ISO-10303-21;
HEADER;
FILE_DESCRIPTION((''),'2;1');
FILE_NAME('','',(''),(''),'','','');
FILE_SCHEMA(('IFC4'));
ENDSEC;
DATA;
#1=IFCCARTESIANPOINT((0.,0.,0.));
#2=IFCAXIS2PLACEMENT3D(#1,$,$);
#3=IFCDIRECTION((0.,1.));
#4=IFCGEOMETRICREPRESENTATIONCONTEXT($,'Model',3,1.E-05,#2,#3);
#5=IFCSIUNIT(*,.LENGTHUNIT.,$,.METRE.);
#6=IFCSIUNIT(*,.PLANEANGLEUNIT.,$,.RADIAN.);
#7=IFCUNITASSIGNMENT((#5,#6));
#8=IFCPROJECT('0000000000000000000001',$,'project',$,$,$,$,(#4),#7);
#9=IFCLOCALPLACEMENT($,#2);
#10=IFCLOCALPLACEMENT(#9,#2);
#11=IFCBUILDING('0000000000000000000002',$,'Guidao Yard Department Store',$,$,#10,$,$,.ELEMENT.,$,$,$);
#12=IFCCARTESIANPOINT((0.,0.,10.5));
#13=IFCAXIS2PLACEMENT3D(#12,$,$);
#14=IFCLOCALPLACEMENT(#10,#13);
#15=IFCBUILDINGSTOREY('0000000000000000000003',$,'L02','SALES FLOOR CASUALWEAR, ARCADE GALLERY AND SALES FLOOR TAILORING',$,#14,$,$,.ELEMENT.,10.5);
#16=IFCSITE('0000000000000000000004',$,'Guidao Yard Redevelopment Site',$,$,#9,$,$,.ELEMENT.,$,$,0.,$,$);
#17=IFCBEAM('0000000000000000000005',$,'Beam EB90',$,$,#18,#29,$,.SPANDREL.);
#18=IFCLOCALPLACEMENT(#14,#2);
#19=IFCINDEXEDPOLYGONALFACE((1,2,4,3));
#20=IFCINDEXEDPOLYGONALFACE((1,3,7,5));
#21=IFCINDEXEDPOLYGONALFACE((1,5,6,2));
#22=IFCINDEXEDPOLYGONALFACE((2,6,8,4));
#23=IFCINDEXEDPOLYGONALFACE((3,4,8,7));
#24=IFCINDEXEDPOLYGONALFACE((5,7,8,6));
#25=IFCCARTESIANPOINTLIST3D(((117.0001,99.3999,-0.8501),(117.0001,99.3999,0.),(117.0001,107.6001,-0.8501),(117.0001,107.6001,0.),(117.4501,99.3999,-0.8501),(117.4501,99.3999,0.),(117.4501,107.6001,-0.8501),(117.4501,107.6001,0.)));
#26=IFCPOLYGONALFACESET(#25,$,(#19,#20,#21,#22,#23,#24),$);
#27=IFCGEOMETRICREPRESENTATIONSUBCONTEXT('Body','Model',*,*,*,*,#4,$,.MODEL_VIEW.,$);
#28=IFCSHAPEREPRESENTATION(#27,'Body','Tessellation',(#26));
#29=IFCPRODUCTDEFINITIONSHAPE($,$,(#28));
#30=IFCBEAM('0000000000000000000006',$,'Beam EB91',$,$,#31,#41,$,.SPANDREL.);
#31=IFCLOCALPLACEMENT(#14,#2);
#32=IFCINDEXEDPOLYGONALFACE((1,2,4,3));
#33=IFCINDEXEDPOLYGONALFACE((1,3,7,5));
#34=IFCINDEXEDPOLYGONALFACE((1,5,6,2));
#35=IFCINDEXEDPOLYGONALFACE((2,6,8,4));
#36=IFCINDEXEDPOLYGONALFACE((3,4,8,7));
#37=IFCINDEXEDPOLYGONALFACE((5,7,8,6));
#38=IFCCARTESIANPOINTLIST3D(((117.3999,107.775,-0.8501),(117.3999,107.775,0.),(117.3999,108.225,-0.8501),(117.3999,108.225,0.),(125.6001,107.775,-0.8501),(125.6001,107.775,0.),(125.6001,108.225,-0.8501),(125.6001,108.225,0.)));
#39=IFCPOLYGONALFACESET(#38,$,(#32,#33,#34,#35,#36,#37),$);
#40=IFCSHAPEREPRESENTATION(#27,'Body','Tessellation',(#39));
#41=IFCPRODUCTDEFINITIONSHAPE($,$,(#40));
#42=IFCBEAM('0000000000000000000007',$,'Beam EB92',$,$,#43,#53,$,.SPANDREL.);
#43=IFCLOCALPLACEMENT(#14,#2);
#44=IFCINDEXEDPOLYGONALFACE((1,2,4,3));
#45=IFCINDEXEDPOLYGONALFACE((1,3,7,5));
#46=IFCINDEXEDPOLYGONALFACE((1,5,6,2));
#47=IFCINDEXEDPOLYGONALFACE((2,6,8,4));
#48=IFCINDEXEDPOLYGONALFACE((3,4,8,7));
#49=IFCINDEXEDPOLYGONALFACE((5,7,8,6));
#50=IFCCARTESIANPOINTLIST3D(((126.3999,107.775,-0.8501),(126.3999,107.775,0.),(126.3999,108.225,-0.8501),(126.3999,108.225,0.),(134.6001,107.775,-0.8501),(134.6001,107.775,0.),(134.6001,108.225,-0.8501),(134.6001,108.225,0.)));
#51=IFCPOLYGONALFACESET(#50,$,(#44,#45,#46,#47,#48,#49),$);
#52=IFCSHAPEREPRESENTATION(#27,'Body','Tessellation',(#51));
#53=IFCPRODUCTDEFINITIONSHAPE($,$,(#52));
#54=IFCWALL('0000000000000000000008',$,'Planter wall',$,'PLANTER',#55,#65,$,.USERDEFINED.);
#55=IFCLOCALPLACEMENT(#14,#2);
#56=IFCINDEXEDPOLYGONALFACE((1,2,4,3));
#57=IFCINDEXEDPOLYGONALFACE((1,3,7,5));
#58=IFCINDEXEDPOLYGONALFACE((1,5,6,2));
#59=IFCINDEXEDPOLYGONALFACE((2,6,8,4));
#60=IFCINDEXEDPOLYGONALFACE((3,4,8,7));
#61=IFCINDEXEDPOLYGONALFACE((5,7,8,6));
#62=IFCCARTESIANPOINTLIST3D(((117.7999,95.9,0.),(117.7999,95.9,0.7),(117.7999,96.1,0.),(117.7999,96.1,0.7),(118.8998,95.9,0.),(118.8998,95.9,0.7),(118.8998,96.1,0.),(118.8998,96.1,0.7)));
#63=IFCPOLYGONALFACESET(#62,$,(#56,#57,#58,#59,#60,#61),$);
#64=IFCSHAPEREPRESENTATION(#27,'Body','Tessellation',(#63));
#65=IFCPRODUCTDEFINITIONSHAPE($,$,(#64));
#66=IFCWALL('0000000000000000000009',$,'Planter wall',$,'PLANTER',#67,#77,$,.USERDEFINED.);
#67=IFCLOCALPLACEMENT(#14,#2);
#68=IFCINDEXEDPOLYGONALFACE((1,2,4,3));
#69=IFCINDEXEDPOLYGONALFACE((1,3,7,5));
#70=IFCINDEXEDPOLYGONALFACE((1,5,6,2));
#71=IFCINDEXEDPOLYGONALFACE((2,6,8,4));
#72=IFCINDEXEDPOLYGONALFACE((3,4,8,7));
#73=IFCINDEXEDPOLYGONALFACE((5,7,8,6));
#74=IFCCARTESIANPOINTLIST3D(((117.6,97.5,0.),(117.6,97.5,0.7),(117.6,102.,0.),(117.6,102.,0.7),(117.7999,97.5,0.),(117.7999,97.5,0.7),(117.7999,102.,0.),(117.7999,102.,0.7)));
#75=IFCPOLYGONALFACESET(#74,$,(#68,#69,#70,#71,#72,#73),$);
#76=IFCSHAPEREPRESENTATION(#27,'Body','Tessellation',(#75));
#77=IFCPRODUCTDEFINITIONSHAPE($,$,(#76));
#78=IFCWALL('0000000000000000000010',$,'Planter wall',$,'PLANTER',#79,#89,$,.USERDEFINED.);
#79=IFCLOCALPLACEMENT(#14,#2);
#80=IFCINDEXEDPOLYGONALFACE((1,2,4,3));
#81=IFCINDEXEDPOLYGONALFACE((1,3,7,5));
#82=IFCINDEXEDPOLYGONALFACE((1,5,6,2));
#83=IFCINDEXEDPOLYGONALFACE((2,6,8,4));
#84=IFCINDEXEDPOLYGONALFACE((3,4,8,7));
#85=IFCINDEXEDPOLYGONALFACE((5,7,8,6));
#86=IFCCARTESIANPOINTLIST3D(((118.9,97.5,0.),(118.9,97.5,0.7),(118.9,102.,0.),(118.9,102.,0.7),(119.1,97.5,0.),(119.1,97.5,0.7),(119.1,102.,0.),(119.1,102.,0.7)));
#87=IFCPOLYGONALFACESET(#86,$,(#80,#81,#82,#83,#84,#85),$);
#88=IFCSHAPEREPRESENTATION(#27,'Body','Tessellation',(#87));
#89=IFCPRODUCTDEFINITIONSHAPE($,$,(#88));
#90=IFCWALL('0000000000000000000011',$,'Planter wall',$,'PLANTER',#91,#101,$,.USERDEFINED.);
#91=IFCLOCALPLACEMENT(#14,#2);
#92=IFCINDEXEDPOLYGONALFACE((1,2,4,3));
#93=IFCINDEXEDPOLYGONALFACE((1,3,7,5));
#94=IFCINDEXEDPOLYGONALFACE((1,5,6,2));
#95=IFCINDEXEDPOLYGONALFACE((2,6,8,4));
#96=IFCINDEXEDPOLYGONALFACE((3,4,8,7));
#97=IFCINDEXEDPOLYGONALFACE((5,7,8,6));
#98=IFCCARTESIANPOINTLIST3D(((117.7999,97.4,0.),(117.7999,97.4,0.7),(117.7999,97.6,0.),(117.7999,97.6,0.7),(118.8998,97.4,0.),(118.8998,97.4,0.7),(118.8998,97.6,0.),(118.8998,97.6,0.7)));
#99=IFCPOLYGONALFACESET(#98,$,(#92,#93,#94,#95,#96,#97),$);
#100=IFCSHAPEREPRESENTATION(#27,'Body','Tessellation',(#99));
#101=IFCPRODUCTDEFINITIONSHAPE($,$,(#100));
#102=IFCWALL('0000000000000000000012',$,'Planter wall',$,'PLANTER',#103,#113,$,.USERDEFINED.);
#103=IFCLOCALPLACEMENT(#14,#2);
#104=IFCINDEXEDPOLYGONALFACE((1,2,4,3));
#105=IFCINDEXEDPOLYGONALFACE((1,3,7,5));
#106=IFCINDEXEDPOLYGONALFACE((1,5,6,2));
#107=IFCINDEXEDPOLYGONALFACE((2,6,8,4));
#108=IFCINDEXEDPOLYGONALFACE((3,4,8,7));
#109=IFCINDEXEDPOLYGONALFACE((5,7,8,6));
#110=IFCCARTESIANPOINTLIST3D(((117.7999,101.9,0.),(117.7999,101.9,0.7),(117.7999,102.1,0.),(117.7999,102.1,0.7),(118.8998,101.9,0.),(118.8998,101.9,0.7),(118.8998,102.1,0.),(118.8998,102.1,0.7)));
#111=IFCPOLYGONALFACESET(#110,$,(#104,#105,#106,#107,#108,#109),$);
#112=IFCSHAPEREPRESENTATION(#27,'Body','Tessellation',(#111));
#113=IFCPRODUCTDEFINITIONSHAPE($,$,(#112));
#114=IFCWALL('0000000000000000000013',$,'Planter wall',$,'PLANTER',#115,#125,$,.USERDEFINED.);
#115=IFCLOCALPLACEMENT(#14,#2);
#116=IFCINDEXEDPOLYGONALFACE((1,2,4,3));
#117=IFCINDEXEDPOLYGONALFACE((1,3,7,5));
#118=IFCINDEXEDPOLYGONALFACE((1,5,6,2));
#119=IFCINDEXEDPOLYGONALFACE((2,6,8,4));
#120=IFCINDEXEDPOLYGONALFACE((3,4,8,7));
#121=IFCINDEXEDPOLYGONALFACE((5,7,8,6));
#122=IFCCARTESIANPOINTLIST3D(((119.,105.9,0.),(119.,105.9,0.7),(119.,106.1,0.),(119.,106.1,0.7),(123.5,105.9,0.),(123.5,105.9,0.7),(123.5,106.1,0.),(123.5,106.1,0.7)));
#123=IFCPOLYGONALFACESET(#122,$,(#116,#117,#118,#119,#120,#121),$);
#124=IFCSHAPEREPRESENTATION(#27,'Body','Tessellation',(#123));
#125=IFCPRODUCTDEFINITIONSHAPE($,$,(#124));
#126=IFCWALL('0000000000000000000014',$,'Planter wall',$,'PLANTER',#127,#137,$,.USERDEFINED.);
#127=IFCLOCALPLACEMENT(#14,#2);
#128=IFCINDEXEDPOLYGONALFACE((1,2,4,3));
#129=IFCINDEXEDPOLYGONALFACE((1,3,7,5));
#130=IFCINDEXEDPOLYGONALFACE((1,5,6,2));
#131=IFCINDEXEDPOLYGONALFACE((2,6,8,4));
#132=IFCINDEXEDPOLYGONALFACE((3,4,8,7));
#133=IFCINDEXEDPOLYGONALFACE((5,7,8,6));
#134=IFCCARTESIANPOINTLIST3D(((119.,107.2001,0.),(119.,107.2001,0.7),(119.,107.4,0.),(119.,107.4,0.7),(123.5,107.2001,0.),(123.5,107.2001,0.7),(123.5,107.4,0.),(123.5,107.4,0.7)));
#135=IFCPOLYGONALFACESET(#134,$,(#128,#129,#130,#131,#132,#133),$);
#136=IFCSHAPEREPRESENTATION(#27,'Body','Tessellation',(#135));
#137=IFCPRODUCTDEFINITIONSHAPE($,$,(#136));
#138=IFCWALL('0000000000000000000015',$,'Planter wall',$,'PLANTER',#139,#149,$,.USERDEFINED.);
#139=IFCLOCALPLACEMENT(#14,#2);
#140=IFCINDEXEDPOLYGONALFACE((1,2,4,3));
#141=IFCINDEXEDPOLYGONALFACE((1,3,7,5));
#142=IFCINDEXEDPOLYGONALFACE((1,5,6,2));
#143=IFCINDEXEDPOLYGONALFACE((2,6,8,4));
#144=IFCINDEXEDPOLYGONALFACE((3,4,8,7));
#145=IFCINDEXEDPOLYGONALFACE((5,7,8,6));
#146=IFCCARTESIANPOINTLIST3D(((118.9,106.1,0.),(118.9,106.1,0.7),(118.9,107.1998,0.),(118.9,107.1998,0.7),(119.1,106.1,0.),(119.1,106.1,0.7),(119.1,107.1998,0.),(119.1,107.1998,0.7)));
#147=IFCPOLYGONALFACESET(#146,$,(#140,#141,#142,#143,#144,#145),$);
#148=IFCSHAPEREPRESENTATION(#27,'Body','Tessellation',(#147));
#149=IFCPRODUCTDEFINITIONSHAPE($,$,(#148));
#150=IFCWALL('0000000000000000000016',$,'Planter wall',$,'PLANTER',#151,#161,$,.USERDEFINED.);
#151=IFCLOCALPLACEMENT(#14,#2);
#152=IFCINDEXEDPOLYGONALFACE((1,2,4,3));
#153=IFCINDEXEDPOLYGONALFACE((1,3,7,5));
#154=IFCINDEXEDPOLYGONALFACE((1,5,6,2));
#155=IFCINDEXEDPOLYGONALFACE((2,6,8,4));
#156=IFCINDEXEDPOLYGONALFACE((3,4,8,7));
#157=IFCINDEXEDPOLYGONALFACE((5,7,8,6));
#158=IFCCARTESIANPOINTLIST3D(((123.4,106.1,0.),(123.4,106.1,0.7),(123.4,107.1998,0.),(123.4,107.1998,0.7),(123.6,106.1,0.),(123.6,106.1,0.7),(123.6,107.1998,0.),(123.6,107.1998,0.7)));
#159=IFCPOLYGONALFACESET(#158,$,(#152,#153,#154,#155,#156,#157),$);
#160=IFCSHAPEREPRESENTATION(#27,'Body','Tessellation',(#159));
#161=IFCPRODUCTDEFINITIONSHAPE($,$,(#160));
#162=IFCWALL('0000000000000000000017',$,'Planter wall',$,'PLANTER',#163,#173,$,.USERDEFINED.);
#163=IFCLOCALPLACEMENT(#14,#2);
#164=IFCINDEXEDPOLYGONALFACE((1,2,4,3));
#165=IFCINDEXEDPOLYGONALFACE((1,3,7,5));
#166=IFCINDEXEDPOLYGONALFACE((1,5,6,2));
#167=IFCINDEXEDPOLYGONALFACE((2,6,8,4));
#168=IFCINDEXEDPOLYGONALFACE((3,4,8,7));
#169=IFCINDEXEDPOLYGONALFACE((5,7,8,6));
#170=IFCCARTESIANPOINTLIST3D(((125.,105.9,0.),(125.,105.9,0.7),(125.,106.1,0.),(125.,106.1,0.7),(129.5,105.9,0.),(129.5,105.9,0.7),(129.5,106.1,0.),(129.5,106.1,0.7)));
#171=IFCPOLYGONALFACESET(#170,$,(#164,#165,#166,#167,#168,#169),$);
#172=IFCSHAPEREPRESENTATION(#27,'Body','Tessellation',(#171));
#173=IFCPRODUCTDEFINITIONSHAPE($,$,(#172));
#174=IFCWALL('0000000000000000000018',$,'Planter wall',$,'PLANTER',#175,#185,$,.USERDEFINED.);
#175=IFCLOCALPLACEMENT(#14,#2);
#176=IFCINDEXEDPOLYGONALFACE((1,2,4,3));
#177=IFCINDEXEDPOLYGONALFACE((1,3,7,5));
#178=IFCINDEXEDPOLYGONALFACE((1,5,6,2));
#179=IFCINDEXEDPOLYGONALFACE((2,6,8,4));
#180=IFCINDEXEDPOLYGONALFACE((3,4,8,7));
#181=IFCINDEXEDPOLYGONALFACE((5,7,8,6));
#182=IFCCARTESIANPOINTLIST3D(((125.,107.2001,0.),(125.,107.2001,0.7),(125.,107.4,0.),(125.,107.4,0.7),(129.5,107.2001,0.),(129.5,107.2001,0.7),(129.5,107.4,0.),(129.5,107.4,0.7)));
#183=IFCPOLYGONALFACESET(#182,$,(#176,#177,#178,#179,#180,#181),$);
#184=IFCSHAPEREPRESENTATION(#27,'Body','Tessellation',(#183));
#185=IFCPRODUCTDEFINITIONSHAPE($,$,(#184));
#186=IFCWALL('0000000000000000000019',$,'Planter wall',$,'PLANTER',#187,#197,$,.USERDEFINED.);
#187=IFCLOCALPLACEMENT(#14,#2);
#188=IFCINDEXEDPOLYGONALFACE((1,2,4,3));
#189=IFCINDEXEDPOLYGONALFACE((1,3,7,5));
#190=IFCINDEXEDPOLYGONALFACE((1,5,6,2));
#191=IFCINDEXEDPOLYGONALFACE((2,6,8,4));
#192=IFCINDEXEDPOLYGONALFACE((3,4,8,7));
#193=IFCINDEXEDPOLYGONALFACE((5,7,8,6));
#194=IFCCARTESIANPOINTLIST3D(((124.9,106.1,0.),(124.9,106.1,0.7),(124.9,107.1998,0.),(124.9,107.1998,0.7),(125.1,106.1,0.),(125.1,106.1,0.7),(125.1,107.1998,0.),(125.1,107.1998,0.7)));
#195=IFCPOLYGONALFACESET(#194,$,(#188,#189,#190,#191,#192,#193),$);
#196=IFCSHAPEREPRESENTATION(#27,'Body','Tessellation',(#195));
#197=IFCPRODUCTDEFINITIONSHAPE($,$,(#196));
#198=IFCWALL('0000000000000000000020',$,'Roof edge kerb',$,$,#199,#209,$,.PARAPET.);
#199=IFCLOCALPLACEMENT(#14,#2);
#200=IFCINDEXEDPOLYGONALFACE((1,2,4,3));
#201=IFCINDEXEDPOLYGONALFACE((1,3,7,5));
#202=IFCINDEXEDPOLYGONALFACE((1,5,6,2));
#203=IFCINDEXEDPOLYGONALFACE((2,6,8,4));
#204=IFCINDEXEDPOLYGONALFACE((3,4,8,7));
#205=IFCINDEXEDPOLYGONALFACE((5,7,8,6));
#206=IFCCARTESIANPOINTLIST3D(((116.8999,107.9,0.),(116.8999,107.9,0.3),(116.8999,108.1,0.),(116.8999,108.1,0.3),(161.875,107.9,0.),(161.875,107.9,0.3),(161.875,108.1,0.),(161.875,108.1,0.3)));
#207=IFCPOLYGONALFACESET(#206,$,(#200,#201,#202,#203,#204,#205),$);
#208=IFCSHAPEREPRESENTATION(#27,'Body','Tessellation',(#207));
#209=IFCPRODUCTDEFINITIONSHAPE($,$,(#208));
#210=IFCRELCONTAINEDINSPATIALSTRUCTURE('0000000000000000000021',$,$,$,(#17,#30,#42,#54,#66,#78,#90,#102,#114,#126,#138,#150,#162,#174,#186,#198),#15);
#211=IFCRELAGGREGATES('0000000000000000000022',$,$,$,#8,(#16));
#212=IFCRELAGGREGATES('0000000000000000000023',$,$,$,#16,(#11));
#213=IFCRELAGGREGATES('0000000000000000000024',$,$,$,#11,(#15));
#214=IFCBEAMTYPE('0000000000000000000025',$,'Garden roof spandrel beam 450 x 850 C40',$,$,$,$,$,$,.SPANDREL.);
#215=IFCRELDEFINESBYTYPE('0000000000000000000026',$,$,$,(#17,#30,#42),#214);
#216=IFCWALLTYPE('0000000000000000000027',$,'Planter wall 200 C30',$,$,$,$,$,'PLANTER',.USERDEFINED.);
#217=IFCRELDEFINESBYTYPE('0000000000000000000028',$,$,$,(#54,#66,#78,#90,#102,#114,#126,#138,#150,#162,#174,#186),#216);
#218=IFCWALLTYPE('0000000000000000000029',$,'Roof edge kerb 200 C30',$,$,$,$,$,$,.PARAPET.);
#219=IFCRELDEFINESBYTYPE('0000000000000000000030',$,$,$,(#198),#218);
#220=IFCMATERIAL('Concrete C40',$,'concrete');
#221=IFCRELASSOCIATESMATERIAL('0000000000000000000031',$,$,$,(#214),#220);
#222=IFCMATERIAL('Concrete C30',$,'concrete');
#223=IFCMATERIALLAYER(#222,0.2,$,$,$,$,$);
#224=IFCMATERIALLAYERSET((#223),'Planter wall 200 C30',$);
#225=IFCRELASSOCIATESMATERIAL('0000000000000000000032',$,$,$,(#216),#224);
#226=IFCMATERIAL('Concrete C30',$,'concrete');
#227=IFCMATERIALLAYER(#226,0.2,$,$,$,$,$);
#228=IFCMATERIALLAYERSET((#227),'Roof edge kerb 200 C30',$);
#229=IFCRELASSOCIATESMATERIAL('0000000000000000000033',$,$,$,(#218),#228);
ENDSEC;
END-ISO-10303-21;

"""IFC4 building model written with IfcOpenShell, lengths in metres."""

from ifc_helpers import new_model, si_unit, direction, frame, frame_2d, origin, origin_2d, place, context, subcontext, project, spatial, rectangle, extrude, material, layer, layer_set, material_profile, profile_set, type_object, element, save


model = new_model("IFC4")

# Units and contexts
model_context = context("Model", 3, precision=1e-05, world=origin(), true_north=direction((0.0, 1.0)))
body_context = subcontext(model_context, "Body", "Model", "MODEL_VIEW")
ifc_project = project(units=[si_unit("LENGTHUNIT", "METRE"), si_unit("PLANEANGLEUNIT", "RADIAN")], contexts=[model_context])

# Site, building, storey
site_placement = place(None, origin())
site = spatial("IfcSite", under=ifc_project, at=site_placement, Name="Guidao Yard Redevelopment Site", CompositionType="ELEMENT", RefElevation=0.0)
building_placement = place(site_placement, origin())
building = spatial("IfcBuilding", under=site, at=building_placement, Name="Guidao Yard Department Store", CompositionType="ELEMENT")
storey_placement = place(building_placement, frame((0.0, 0.0, 10.5)))
storey = spatial("IfcBuildingStorey", under=building, at=storey_placement, Name="L02", Description="SALES FLOOR CASUALWEAR, ARCADE GALLERY AND SALES FLOOR TAILORING", CompositionType="ELEMENT", Elevation=10.5)

# Beams
ifc_material_1 = material(Name="Concrete C40", Category="concrete")
ifc_material_profile = material_profile(ifc_material_1, rectangle(XDim=0.45, YDim=0.8501, at=origin_2d()), Name="Garden roof spandrel beam 450 x 850 C40")
ifc_profile_set = profile_set([ifc_material_profile], Name="Concrete C40")
beam_type = type_object("IfcBeamType", Name="Garden roof spandrel beam 450 x 850 C40", PredefinedType="SPANDREL", material=ifc_profile_set)
for number, where, z_axis, x_axis, name in (
    (1, (117.2251, 99.3999, -0.425), (0.0, 1.0, 0.0), (-1.0, 0.0, 0.0), "Beam EB90"),
    (2, (117.3999, 108.0, -0.425), (1.0, 0.0, 0.0), (0.0, 1.0, 0.0), "Beam EB91"),
    (3, (126.3999, 108.0, -0.425), (1.0, 0.0, 0.0), (0.0, 1.0, 0.0), "Beam EB92"),
):
    element("IfcBeam", number, at=place(storey_placement, frame(where, z_axis=z_axis, x_axis=x_axis)), inside=storey, type_object=beam_type, Name=name, PredefinedType="SPANDREL", context=body_context, shape_type="SweptSolid", body=[
        extrude(rectangle(XDim=0.45, YDim=0.8501, at=origin_2d()), origin(), (0.0, 0.0, 1.0), 8.2002),
    ])

# Walls
ifc_material_2 = material(Name="Concrete C30", Category="concrete")
ifc_layer_1 = layer(ifc_material_2, 0.2)
ifc_layer_set_1 = layer_set([ifc_layer_1], Name="Planter wall 200 C30")
wall_type_1 = type_object("IfcWallType", Name="Planter wall 200 C30", ElementType="PLANTER", PredefinedType="USERDEFINED", material=ifc_layer_set_1)
wall_1_placement = place(storey_placement, frame((117.8, 96.0, 0.0), z_axis=(0.0, 0.0, 1.0), x_axis=(1.0, 0.0, 0.0)))
element("IfcWall", 4, at=wall_1_placement, inside=storey, type_object=wall_type_1, Name="Planter wall", ObjectType="PLANTER", PredefinedType="USERDEFINED", context=body_context, shape_type="SweptSolid", body=[
    extrude(rectangle(XDim=1.0999, YDim=0.2, at=frame_2d((0.5498, 0.0))), origin(), (0.0, 0.0, 1.0), 0.7),
])
for number, where, z_axis, x_axis, name in (
    (5, (117.7, 97.5, 0.0), (0.0, 0.0, 1.0), (0.0, 1.0, 0.0), "Planter wall"),
    (6, (119.0, 97.5, 0.0), (0.0, 0.0, 1.0), (0.0, 1.0, 0.0), "Planter wall"),
):
    element("IfcWall", number, at=place(storey_placement, frame(where, z_axis=z_axis, x_axis=x_axis)), inside=storey, type_object=wall_type_1, Name=name, ObjectType="PLANTER", PredefinedType="USERDEFINED", context=body_context, shape_type="SweptSolid", body=[
        extrude(rectangle(XDim=4.5, YDim=0.2, at=frame_2d((2.25, 0.0))), origin(), (0.0, 0.0, 1.0), 0.7),
    ])
for number, where, z_axis, x_axis, name in (
    (7, (117.8, 97.5, 0.0), (0.0, 0.0, 1.0), (1.0, 0.0, 0.0), "Planter wall"),
    (8, (117.8, 102.0, 0.0), (0.0, 0.0, 1.0), (1.0, 0.0, 0.0), "Planter wall"),
):
    element("IfcWall", number, at=place(storey_placement, frame(where, z_axis=z_axis, x_axis=x_axis)), inside=storey, type_object=wall_type_1, Name=name, ObjectType="PLANTER", PredefinedType="USERDEFINED", context=body_context, shape_type="SweptSolid", body=[
        extrude(rectangle(XDim=1.0999, YDim=0.2, at=frame_2d((0.5498, 0.0))), origin(), (0.0, 0.0, 1.0), 0.7),
    ])
for number, where, z_axis, x_axis, name in (
    (9, (119.0, 106.0, 0.0), (0.0, 0.0, 1.0), (1.0, 0.0, 0.0), "Planter wall"),
    (10, (119.0, 107.3, 0.0), (0.0, 0.0, 1.0), (1.0, 0.0, 0.0), "Planter wall"),
):
    element("IfcWall", number, at=place(storey_placement, frame(where, z_axis=z_axis, x_axis=x_axis)), inside=storey, type_object=wall_type_1, Name=name, ObjectType="PLANTER", PredefinedType="USERDEFINED", context=body_context, shape_type="SweptSolid", body=[
        extrude(rectangle(XDim=4.5, YDim=0.2, at=frame_2d((2.25, 0.0))), origin(), (0.0, 0.0, 1.0), 0.7),
    ])
for number, where, z_axis, x_axis, name in (
    (11, (119.0, 106.1001, 0.0), (0.0, 0.0, 1.0), (0.0, 1.0, 0.0), "Planter wall"),
    (12, (123.5, 106.1001, 0.0), (0.0, 0.0, 1.0), (0.0, 1.0, 0.0), "Planter wall"),
):
    element("IfcWall", number, at=place(storey_placement, frame(where, z_axis=z_axis, x_axis=x_axis)), inside=storey, type_object=wall_type_1, Name=name, ObjectType="PLANTER", PredefinedType="USERDEFINED", context=body_context, shape_type="SweptSolid", body=[
        extrude(rectangle(XDim=1.0999, YDim=0.2, at=frame_2d((0.5498, 0.0))), origin(), (0.0, 0.0, 1.0), 0.7),
    ])
for number, where, z_axis, x_axis, name in (
    (13, (125.0, 106.0, 0.0), (0.0, 0.0, 1.0), (1.0, 0.0, 0.0), "Planter wall"),
    (14, (125.0, 107.3, 0.0), (0.0, 0.0, 1.0), (1.0, 0.0, 0.0), "Planter wall"),
):
    element("IfcWall", number, at=place(storey_placement, frame(where, z_axis=z_axis, x_axis=x_axis)), inside=storey, type_object=wall_type_1, Name=name, ObjectType="PLANTER", PredefinedType="USERDEFINED", context=body_context, shape_type="SweptSolid", body=[
        extrude(rectangle(XDim=4.5, YDim=0.2, at=frame_2d((2.25, 0.0))), origin(), (0.0, 0.0, 1.0), 0.7),
    ])
wall_2_placement = place(storey_placement, frame((125.0, 106.1001, 0.0), z_axis=(0.0, 0.0, 1.0), x_axis=(0.0, 1.0, 0.0)))
element("IfcWall", 15, at=wall_2_placement, inside=storey, type_object=wall_type_1, Name="Planter wall", ObjectType="PLANTER", PredefinedType="USERDEFINED", context=body_context, shape_type="SweptSolid", body=[
    extrude(rectangle(XDim=1.0999, YDim=0.2, at=frame_2d((0.5498, 0.0))), origin(), (0.0, 0.0, 1.0), 0.7),
])
ifc_material_3 = material(Name="Concrete C30", Category="concrete")
ifc_layer_2 = layer(ifc_material_3, 0.2)
ifc_layer_set_2 = layer_set([ifc_layer_2], Name="Roof edge kerb 200 C30")
wall_type_2 = type_object("IfcWallType", Name="Roof edge kerb 200 C30", PredefinedType="PARAPET", material=ifc_layer_set_2)
wall_3_placement = place(storey_placement, frame((116.8999, 108.0, 0.0), z_axis=(0.0, 0.0, 1.0), x_axis=(1.0, 0.0, 0.0)))
element("IfcWall", 16, at=wall_3_placement, inside=storey, type_object=wall_type_2, Name="Roof edge kerb", PredefinedType="PARAPET", context=body_context, shape_type="SweptSolid", body=[
    extrude(rectangle(XDim=44.9751, YDim=0.2, at=frame_2d((22.4875, 0.0))), origin(), (0.0, 0.0, 1.0), 0.3),
])

save(model, "model.ifc")
